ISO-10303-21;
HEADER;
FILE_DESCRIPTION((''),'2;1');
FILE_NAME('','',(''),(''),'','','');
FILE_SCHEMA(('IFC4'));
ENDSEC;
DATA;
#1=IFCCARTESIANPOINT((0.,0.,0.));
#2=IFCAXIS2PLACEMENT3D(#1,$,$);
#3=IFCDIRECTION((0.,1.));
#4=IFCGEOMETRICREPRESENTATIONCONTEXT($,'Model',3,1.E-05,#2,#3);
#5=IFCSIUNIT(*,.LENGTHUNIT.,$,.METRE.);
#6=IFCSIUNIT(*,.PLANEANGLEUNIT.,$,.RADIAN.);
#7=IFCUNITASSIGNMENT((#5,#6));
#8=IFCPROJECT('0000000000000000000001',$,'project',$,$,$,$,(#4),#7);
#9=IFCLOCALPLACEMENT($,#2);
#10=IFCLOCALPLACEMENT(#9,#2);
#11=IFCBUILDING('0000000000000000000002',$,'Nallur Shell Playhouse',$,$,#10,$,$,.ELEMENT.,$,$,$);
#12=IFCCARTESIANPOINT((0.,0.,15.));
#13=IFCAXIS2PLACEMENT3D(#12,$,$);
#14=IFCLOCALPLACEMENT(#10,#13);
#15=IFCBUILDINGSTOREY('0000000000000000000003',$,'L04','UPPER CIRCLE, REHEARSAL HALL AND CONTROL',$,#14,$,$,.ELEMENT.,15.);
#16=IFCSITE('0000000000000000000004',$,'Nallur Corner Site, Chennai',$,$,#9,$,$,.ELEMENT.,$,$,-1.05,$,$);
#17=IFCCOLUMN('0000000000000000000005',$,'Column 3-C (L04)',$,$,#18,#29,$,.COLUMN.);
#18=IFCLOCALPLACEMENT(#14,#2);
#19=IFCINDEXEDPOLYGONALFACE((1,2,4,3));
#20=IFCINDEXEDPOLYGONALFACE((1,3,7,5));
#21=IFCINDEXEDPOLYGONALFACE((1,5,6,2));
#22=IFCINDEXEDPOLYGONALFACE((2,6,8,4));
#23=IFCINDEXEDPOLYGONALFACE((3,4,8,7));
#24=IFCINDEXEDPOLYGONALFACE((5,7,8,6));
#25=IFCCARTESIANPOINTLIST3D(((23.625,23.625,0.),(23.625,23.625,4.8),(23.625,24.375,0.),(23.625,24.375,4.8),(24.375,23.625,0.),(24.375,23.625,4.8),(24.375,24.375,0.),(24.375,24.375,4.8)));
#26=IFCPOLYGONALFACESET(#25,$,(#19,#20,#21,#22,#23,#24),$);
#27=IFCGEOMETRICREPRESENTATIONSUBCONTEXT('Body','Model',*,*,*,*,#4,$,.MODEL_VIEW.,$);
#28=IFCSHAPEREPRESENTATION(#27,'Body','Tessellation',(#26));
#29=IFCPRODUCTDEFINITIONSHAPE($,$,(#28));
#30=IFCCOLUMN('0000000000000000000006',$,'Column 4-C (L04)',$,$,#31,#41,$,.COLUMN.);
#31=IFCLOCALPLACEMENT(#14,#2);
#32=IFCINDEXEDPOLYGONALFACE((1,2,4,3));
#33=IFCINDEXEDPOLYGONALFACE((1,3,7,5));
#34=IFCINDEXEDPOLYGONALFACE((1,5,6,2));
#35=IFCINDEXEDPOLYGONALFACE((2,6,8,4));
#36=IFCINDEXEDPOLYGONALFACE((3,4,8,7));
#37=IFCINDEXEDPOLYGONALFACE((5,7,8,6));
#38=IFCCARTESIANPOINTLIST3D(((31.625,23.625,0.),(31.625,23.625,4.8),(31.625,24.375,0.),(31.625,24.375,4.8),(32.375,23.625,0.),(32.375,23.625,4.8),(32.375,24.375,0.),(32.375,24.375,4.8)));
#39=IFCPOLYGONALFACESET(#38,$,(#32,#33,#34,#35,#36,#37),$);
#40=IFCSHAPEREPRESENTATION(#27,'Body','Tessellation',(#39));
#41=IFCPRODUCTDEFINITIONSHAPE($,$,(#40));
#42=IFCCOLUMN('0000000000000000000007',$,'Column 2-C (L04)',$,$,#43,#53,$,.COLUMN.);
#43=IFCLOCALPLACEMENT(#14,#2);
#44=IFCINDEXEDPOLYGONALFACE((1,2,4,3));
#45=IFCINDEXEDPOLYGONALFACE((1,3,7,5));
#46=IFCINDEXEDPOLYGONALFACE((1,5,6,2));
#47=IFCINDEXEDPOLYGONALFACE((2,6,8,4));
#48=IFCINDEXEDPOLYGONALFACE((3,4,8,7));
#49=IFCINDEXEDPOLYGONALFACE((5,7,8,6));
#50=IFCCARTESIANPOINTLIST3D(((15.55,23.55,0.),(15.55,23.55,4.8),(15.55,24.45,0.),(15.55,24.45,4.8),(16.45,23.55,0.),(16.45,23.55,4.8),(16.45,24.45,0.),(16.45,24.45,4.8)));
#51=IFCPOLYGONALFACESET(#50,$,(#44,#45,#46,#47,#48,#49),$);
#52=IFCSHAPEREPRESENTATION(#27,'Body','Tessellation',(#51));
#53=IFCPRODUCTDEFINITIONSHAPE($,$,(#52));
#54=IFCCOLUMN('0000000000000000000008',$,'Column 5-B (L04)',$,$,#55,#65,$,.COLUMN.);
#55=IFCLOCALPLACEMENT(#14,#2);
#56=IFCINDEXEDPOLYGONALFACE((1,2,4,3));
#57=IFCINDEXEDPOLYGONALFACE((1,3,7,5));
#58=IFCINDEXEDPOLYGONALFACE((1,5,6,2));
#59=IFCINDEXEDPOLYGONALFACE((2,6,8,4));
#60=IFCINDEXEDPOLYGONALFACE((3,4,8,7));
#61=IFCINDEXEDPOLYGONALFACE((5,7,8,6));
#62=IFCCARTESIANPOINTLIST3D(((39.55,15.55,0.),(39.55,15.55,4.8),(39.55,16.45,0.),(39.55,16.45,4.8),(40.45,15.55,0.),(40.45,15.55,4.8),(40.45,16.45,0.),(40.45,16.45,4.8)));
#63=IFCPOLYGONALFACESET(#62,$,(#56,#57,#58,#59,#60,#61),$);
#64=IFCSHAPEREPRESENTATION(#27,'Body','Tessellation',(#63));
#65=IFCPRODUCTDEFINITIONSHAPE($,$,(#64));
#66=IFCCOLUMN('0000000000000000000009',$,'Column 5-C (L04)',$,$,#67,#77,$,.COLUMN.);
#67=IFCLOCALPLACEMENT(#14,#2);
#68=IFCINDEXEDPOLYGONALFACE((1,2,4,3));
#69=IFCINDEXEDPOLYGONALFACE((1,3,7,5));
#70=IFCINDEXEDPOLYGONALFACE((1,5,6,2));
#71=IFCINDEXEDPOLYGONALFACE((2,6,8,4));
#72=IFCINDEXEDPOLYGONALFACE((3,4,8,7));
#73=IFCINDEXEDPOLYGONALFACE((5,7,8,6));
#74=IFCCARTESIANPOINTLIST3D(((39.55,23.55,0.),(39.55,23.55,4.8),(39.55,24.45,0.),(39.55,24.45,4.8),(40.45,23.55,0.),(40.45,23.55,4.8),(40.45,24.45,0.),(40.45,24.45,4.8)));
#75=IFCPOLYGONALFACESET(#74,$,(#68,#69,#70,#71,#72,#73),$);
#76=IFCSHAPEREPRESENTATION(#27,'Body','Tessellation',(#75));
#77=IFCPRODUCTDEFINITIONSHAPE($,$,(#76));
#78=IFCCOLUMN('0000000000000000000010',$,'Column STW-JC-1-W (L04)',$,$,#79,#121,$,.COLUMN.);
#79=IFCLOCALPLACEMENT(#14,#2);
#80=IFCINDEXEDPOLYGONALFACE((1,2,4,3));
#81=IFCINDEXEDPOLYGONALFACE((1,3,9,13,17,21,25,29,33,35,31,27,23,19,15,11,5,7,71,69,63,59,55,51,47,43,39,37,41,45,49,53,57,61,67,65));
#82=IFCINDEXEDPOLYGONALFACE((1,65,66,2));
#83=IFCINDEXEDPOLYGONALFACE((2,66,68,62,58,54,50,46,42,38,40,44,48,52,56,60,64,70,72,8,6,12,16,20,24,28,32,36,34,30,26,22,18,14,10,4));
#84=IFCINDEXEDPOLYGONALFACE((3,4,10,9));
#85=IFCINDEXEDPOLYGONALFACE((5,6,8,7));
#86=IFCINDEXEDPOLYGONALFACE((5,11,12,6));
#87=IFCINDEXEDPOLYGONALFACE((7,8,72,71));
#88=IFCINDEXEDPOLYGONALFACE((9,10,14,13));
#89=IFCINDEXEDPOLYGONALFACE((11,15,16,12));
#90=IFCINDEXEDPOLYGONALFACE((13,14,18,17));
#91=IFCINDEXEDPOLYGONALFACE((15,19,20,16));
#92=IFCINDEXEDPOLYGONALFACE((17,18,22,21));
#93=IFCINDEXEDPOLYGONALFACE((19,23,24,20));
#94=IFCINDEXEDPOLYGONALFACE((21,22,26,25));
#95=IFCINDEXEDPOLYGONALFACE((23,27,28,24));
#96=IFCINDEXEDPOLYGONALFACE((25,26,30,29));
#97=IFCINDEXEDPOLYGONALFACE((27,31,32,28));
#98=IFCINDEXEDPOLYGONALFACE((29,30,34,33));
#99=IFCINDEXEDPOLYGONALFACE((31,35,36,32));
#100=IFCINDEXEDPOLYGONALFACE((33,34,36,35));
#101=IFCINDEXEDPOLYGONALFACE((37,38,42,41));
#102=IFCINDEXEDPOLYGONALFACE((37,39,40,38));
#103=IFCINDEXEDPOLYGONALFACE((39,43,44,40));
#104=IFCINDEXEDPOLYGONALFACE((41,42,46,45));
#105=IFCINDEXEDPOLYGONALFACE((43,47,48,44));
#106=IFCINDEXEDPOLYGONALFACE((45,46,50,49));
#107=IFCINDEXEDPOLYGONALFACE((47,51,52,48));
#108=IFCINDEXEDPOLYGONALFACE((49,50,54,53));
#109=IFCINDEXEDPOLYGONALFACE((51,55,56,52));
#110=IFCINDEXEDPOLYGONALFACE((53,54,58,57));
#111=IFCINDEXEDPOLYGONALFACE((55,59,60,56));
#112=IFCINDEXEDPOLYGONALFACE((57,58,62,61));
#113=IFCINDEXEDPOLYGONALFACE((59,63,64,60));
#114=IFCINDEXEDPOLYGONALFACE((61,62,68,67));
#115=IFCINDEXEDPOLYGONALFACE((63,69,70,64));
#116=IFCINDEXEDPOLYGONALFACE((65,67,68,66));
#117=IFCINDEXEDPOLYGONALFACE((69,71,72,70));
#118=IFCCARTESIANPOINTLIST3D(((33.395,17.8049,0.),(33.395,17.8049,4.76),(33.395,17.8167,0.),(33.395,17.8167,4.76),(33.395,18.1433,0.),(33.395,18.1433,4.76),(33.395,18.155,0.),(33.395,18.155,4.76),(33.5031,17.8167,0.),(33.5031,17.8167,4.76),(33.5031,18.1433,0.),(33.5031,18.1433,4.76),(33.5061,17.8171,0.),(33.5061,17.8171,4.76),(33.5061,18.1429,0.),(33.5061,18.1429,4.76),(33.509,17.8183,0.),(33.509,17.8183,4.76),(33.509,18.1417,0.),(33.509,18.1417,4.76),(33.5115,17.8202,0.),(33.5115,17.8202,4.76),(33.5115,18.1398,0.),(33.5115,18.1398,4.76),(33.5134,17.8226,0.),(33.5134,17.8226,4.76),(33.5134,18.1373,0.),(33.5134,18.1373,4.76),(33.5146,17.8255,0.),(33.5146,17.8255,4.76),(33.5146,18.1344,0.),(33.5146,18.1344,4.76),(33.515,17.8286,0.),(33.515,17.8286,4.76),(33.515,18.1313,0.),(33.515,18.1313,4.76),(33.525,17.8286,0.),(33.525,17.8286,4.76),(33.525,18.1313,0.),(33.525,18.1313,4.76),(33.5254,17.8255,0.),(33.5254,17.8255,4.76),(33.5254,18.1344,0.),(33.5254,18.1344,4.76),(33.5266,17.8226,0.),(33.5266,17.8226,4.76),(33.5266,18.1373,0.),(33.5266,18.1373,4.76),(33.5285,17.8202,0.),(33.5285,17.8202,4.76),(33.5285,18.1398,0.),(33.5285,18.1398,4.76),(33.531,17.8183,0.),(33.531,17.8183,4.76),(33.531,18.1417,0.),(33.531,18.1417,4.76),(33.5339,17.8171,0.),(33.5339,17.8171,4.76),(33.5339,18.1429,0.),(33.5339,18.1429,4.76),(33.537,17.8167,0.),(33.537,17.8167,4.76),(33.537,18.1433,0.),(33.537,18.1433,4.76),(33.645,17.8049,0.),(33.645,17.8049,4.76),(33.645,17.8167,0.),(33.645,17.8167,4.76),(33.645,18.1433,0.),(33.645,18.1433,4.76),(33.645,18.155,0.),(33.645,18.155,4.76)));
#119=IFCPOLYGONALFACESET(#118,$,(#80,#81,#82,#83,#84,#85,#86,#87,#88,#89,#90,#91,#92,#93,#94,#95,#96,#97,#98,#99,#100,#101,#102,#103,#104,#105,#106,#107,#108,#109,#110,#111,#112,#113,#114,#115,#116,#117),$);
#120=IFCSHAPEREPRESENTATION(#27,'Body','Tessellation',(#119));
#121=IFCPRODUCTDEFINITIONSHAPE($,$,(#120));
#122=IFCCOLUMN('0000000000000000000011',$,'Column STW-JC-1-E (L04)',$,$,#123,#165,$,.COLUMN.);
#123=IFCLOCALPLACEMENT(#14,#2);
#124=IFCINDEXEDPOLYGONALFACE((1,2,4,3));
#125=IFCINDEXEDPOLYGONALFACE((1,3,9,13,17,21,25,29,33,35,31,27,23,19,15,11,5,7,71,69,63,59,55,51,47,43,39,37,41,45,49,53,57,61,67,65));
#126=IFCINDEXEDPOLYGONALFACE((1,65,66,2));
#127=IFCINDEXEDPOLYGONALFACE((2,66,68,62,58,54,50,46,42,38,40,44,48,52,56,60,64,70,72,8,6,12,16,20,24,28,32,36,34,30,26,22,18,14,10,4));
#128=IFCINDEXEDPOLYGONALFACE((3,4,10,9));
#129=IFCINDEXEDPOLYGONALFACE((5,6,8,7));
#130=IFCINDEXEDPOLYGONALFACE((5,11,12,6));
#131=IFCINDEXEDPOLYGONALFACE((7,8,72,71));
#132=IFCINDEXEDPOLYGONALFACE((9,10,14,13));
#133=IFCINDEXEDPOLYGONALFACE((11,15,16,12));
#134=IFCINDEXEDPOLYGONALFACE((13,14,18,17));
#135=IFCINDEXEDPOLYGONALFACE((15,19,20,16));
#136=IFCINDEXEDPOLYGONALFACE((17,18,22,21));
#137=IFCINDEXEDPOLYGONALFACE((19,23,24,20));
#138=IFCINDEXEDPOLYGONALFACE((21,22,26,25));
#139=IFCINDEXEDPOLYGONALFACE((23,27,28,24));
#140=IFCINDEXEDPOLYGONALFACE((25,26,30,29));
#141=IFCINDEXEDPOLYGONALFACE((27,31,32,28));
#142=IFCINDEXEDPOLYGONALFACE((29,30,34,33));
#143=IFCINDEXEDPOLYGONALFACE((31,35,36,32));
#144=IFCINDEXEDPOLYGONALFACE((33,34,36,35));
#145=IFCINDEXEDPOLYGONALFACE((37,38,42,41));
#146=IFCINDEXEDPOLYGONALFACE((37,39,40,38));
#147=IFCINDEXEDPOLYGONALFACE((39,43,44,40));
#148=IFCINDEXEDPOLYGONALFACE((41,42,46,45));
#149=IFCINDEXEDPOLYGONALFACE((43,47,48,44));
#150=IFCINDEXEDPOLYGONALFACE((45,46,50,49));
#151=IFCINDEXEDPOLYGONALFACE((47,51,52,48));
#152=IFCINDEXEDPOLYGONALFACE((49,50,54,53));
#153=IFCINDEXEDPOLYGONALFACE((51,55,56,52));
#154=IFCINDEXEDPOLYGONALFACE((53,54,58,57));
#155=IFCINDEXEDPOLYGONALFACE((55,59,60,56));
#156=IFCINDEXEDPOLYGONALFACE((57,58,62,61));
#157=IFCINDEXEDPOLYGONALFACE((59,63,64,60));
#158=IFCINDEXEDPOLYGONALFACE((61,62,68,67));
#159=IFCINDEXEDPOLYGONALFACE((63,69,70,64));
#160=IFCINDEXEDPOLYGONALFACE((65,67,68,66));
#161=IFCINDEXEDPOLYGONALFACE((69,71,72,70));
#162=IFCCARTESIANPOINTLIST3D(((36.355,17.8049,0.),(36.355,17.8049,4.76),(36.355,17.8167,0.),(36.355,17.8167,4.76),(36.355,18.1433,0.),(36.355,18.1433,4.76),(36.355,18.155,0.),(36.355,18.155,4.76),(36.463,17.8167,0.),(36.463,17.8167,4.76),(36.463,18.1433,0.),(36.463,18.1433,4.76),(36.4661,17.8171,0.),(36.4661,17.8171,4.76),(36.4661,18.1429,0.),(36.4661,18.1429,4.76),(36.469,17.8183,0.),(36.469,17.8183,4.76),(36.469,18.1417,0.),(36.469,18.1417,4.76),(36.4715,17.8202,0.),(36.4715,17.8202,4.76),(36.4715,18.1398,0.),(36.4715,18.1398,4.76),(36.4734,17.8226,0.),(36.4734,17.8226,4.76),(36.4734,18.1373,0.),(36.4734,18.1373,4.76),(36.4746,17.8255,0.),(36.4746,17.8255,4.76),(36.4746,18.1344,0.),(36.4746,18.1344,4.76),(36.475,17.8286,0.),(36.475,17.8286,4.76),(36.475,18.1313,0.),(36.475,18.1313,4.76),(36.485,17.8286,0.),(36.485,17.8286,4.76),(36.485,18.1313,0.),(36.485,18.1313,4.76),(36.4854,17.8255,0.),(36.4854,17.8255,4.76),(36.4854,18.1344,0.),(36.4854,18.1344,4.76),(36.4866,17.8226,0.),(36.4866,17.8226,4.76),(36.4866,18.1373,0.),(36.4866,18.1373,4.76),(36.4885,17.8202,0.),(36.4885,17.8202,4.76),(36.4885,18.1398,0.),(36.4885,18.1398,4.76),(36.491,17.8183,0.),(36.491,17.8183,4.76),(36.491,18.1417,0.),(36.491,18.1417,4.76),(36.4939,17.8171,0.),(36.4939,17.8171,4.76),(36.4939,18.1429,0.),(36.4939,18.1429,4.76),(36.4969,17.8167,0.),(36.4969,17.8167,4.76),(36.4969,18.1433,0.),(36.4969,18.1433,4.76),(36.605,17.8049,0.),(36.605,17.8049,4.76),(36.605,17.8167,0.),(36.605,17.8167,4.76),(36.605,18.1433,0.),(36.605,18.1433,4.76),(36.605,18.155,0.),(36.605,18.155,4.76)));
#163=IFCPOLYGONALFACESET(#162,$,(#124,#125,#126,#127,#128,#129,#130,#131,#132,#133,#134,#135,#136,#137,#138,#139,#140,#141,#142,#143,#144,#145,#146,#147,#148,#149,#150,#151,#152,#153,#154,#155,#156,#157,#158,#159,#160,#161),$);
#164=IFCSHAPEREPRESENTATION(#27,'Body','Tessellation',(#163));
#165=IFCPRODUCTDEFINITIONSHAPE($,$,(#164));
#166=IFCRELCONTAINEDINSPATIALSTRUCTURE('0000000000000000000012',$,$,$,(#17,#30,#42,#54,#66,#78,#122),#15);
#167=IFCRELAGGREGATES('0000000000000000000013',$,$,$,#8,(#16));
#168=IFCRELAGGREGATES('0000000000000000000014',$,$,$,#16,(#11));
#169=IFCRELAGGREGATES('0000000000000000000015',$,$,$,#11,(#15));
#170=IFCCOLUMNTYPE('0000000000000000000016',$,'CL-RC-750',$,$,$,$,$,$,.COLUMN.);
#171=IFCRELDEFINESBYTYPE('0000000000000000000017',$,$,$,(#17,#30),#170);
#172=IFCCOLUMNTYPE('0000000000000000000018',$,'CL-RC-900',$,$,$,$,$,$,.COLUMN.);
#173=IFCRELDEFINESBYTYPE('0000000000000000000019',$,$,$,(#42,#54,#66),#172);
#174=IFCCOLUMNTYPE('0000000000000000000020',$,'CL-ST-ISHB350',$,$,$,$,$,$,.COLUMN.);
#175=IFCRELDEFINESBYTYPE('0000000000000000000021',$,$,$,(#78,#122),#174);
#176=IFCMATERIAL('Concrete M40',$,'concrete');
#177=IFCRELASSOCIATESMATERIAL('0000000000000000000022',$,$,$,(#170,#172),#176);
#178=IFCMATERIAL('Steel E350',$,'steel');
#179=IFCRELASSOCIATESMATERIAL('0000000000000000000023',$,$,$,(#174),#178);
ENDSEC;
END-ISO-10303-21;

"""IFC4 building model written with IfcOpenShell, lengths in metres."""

from ifc_helpers import new_model, si_unit, direction, frame, origin, origin_2d, place, context, subcontext, project, spatial, rectangle, i_section, extrude, material, material_profile, profile_set, type_object, element, save


model = new_model("IFC4")

# Units and contexts
model_context = context("Model", 3, precision=1e-05, world=origin(), true_north=direction((0.0, 1.0)))
body_context = subcontext(model_context, "Body", "Model", "MODEL_VIEW")
ifc_project = project(units=[si_unit("LENGTHUNIT", "METRE"), si_unit("PLANEANGLEUNIT", "RADIAN")], contexts=[model_context])

# Site, building, storey
site_placement = place(None, origin())
site = spatial("IfcSite", under=ifc_project, at=site_placement, Name="Nallur Corner Site, Chennai", CompositionType="ELEMENT", RefElevation=-1.05)
building_placement = place(site_placement, origin())
building = spatial("IfcBuilding", under=site, at=building_placement, Name="Nallur Shell Playhouse", CompositionType="ELEMENT")
storey_placement = place(building_placement, frame((0.0, 0.0, 15.0)))
storey = spatial("IfcBuildingStorey", under=building, at=storey_placement, Name="L04", Description="UPPER CIRCLE, REHEARSAL HALL AND CONTROL", CompositionType="ELEMENT", Elevation=15.0)

# Columns
ifc_material_1 = material(Name="Concrete M40", Category="concrete")
ifc_material_profile_1 = material_profile(ifc_material_1, rectangle(XDim=0.75, YDim=0.75, at=origin_2d()), Name="RC 750x750")
ifc_profile_set_1 = profile_set([ifc_material_profile_1], Name="Concrete M40")
column_type_1 = type_object("IfcColumnType", Name="CL-RC-750", PredefinedType="COLUMN", material=ifc_profile_set_1)
for number, where, z_axis, x_axis, name in (
    (1, (24.0, 24.0, 0.0), (0.0, 0.0, 1.0), (1.0, 0.0, 0.0), "Column 3-C (L04)"),
    (2, (32.0, 24.0, 0.0), (0.0, 0.0, 1.0), (1.0, 0.0, 0.0), "Column 4-C (L04)"),
):
    element("IfcColumn", number, at=place(storey_placement, frame(where, z_axis=z_axis, x_axis=x_axis)), inside=storey, type_object=column_type_1, Name=name, PredefinedType="COLUMN", context=body_context, shape_type="SweptSolid", body=[
        extrude(rectangle(XDim=0.75, YDim=0.75, at=origin_2d()), origin(), (0.0, 0.0, 1.0), 4.8),
    ])
ifc_material_profile_2 = material_profile(ifc_material_1, rectangle(XDim=0.8999, YDim=0.8999, at=origin_2d()), Name="RC 900x900")
ifc_profile_set_2 = profile_set([ifc_material_profile_2], Name="Concrete M40")
column_type_2 = type_object("IfcColumnType", Name="CL-RC-900", PredefinedType="COLUMN", material=ifc_profile_set_2)
for number, where, z_axis, x_axis, name in (
    (3, (16.0, 24.0, 0.0), (0.0, 0.0, 1.0), (1.0, 0.0, 0.0), "Column 2-C (L04)"),
    (4, (40.0, 16.0, 0.0), (0.0, 0.0, 1.0), (1.0, 0.0, 0.0), "Column 5-B (L04)"),
    (5, (40.0, 24.0, 0.0), (0.0, 0.0, 1.0), (1.0, 0.0, 0.0), "Column 5-C (L04)"),
):
    element("IfcColumn", number, at=place(storey_placement, frame(where, z_axis=z_axis, x_axis=x_axis)), inside=storey, type_object=column_type_2, Name=name, PredefinedType="COLUMN", context=body_context, shape_type="SweptSolid", body=[
        extrude(rectangle(XDim=0.8999, YDim=0.8999, at=origin_2d()), origin(), (0.0, 0.0, 1.0), 4.8),
    ])
ifc_material_2 = material(Name="Steel E350", Category="steel")
ifc_material_profile_3 = material_profile(ifc_material_2, i_section(OverallWidth=0.25, OverallDepth=0.3501, WebThickness=0.01, FlangeThickness=0.0117, FilletRadius=0.012, at=origin_2d()), Name="ISHB 350")
ifc_profile_set_3 = profile_set([ifc_material_profile_3], Name="Steel E350")
column_type_3 = type_object("IfcColumnType", Name="CL-ST-ISHB350", PredefinedType="COLUMN", material=ifc_profile_set_3)
for number, where, z_axis, x_axis, name in (
    (6, (33.52, 17.98, 0.0), (0.0, 0.0, 1.0), (1.0, 0.0, 0.0), "Column STW-JC-1-W (L04)"),
    (7, (36.48, 17.98, 0.0), (0.0, 0.0, 1.0), (1.0, 0.0, 0.0), "Column STW-JC-1-E (L04)"),
):
    element("IfcColumn", number, at=place(storey_placement, frame(where, z_axis=z_axis, x_axis=x_axis)), inside=storey, type_object=column_type_3, Name=name, PredefinedType="COLUMN", context=body_context, shape_type="SweptSolid", body=[
        extrude(i_section(OverallWidth=0.25, OverallDepth=0.3501, WebThickness=0.01, FlangeThickness=0.0117, FilletRadius=0.012, at=origin_2d()), origin(), (0.0, 0.0, 1.0), 4.76),
    ])

save(model, "model.ifc")
